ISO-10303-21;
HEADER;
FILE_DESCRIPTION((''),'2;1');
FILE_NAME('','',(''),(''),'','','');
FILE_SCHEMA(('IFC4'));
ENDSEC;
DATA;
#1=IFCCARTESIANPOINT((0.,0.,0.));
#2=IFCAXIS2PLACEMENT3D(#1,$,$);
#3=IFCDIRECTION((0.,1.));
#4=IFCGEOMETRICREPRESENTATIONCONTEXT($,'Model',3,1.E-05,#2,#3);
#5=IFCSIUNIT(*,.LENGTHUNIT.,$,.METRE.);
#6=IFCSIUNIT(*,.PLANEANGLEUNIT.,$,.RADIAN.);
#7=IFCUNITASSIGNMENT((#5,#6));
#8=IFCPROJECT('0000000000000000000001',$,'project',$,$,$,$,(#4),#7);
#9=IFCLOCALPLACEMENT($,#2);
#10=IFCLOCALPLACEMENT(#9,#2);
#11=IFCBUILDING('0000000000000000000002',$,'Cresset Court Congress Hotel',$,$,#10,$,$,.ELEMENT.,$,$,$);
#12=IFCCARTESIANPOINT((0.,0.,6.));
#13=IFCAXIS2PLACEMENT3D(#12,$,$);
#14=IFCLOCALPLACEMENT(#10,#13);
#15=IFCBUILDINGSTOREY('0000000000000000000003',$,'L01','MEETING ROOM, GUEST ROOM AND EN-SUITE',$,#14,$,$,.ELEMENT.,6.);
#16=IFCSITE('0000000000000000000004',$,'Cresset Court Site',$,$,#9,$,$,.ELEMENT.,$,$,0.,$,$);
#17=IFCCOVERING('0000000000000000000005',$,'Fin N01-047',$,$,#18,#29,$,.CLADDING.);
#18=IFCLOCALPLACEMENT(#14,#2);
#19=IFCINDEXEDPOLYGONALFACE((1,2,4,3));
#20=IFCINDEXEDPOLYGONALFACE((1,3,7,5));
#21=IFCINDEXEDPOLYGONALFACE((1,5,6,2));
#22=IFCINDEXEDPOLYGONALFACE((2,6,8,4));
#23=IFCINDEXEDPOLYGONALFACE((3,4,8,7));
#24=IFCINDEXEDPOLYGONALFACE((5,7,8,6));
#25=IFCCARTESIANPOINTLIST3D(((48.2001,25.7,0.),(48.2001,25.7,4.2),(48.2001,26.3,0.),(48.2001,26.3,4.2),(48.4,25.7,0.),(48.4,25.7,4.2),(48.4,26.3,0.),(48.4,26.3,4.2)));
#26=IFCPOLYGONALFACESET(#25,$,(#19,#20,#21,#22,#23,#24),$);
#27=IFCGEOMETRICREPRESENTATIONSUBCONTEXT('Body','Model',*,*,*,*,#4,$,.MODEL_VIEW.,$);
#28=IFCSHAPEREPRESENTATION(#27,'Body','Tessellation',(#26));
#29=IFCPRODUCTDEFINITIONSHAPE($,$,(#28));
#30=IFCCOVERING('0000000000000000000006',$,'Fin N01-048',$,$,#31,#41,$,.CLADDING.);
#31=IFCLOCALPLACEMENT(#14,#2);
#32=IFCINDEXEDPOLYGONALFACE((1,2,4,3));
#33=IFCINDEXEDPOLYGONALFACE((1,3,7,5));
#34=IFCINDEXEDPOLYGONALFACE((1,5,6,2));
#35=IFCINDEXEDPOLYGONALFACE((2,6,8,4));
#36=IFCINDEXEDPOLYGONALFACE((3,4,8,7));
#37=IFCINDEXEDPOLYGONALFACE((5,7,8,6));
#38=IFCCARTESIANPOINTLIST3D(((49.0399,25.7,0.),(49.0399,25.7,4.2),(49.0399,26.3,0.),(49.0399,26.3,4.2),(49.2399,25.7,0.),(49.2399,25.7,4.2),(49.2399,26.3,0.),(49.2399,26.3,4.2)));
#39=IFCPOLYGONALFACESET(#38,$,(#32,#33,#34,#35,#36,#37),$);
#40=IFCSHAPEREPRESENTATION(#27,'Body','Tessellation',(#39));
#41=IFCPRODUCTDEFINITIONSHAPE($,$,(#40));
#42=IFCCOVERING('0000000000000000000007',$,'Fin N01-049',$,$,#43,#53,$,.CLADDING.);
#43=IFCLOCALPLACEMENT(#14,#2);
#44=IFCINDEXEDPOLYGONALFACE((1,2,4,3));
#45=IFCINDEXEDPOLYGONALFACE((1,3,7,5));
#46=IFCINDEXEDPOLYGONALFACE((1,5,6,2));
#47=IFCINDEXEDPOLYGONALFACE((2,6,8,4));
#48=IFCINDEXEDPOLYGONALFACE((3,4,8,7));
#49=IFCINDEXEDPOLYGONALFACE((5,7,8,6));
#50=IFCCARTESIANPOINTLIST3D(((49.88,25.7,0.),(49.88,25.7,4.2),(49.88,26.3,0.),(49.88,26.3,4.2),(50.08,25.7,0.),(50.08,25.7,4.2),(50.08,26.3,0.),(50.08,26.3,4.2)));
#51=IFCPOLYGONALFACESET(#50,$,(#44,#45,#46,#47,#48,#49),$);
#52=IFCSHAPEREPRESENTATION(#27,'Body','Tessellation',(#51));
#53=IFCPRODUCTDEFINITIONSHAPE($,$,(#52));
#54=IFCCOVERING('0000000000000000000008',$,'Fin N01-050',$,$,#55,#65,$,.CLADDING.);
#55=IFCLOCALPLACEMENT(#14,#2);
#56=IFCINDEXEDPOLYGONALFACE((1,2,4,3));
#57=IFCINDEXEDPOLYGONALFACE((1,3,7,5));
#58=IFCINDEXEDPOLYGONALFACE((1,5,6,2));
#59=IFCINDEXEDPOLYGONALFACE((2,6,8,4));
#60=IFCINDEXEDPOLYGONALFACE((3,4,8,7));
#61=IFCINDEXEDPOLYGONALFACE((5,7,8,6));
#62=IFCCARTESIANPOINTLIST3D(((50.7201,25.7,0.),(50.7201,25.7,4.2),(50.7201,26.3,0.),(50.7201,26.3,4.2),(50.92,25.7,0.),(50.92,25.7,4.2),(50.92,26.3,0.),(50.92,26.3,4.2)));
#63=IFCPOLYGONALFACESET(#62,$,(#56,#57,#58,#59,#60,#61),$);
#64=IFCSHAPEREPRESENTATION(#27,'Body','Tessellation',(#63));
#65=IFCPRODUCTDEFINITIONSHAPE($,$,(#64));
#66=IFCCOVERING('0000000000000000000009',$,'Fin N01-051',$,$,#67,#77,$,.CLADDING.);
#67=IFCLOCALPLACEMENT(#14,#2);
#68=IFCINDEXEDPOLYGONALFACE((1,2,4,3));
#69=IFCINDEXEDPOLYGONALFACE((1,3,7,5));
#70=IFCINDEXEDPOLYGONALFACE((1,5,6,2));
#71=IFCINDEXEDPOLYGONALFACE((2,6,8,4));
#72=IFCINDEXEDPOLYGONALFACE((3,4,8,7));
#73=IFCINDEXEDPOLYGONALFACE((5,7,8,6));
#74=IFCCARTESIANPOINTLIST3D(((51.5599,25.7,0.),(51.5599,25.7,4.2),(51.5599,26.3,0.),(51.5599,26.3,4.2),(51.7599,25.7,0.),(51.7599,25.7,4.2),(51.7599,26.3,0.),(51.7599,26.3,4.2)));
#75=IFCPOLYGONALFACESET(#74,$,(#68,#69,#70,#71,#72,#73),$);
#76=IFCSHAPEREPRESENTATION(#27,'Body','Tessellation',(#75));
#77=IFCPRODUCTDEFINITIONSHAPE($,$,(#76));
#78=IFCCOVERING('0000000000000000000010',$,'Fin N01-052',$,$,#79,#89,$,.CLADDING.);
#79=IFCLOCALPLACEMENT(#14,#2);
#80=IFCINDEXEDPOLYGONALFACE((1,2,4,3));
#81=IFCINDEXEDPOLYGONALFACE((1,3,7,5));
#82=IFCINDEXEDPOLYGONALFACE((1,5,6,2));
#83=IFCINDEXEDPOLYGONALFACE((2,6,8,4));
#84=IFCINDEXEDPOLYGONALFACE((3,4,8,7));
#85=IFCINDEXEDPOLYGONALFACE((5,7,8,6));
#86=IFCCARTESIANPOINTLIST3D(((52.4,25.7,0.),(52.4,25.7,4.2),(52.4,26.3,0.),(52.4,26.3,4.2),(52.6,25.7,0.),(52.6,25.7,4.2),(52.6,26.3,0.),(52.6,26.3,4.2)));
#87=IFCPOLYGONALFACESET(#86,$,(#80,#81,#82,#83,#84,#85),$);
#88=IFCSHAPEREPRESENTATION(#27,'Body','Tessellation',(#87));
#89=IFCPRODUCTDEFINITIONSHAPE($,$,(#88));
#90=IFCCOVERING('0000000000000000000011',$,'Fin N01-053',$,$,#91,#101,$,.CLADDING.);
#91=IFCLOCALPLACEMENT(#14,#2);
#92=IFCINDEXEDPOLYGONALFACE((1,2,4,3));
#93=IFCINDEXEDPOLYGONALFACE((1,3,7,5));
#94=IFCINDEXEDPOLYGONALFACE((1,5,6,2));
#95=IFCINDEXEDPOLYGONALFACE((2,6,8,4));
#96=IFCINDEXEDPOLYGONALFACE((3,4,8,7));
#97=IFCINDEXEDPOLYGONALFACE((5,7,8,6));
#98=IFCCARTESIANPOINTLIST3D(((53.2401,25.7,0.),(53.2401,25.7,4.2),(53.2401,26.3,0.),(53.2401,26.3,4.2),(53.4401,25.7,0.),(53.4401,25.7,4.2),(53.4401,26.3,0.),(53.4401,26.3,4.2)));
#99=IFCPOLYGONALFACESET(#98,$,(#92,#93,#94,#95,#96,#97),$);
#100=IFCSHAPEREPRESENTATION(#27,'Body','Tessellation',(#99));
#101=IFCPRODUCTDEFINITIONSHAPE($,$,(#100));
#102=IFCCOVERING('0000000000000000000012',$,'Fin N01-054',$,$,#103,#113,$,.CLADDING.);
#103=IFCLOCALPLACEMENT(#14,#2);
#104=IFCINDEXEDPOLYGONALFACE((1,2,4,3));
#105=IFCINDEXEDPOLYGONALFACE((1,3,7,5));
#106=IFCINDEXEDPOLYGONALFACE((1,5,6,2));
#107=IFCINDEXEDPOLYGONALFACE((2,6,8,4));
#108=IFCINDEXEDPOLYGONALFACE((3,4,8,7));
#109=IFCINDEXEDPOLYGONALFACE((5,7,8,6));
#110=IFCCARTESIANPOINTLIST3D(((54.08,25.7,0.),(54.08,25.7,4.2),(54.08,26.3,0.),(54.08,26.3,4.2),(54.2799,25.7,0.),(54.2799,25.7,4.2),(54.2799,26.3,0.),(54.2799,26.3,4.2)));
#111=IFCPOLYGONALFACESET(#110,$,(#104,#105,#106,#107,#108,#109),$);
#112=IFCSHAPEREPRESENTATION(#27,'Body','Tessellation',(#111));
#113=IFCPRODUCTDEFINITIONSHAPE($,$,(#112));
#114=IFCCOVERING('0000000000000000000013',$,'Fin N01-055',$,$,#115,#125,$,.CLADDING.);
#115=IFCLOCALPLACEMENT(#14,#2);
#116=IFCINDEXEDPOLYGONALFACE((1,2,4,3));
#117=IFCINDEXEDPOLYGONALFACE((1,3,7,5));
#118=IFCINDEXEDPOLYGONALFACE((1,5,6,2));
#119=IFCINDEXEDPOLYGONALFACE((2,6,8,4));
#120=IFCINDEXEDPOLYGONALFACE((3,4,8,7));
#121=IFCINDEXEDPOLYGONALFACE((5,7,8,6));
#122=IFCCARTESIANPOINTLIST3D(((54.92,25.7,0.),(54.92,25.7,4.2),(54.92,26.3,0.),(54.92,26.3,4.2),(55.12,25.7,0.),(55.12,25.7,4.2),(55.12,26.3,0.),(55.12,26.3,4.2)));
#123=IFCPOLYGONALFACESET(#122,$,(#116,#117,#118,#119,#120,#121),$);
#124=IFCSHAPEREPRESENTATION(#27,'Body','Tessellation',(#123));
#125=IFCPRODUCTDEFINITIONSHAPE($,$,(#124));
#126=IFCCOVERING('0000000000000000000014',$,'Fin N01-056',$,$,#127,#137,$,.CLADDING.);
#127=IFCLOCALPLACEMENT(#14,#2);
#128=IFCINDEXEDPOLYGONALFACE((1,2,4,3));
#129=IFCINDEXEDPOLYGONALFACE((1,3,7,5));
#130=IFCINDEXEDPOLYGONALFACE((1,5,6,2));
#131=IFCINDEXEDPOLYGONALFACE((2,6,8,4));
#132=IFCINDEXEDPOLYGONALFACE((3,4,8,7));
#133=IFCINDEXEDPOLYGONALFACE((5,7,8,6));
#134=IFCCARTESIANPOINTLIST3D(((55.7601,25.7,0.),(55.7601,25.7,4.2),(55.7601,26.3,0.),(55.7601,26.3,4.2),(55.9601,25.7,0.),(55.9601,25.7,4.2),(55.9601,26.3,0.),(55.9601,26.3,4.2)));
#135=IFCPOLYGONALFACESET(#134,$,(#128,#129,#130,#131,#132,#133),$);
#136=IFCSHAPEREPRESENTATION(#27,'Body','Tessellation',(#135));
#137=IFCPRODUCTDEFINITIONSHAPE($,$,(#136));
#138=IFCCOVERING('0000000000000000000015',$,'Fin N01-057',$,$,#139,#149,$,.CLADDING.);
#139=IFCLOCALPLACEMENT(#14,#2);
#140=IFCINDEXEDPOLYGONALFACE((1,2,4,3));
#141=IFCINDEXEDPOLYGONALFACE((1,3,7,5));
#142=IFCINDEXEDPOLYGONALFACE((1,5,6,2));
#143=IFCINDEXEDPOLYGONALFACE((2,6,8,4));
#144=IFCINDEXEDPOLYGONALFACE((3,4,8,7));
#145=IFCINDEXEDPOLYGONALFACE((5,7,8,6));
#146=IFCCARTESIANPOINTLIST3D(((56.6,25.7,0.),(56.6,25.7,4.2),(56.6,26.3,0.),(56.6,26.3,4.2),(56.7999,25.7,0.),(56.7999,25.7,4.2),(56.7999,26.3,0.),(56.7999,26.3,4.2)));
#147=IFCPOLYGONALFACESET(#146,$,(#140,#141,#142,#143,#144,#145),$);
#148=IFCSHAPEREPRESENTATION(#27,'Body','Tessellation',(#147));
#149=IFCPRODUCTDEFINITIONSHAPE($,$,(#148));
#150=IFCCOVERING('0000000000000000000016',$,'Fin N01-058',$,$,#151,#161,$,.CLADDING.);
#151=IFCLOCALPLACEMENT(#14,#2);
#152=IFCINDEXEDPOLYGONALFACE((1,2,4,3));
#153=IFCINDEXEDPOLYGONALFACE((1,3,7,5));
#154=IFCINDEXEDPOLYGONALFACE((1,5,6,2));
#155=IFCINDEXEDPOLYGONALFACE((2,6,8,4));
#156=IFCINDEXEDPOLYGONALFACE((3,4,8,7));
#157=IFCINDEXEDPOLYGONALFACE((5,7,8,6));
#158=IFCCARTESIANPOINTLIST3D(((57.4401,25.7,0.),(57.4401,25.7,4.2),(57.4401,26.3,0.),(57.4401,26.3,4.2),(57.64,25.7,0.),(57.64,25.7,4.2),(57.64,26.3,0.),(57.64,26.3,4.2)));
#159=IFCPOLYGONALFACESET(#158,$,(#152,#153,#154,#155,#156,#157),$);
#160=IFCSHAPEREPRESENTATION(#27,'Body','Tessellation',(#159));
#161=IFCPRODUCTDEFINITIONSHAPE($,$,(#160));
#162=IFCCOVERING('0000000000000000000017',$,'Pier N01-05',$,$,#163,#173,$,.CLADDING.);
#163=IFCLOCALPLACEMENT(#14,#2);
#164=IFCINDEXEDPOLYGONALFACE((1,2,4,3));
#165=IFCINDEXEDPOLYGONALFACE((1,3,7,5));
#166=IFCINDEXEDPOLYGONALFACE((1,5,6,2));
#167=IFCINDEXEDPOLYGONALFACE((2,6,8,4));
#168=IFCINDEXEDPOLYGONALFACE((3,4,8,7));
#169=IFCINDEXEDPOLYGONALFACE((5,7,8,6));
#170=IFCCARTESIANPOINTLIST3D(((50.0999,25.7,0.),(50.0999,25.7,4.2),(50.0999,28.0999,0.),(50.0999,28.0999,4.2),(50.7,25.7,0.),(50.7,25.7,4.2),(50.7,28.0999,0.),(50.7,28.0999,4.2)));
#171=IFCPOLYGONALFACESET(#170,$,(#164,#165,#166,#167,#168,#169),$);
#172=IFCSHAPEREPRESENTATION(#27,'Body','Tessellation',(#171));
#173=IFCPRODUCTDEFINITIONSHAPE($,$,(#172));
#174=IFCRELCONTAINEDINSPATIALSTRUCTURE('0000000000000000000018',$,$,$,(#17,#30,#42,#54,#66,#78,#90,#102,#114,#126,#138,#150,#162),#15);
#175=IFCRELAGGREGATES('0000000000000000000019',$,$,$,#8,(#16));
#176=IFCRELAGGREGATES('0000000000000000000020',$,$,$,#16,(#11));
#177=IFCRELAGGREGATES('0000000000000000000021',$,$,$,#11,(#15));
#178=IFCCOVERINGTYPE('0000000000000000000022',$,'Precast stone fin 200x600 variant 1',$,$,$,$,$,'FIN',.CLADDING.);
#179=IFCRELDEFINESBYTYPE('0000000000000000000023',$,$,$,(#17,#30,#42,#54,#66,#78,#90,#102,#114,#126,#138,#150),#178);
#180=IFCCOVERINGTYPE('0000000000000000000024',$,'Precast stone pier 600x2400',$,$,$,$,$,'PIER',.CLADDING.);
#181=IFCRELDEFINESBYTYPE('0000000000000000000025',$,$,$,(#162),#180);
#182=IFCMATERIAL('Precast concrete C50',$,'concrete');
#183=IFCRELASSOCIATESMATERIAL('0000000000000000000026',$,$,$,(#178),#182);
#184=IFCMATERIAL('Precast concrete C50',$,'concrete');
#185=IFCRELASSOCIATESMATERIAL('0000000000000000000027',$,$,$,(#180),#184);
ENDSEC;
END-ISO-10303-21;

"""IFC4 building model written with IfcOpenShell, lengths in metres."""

from ifc_helpers import new_model, si_unit, direction, frame, origin, origin_2d, place, context, subcontext, project, spatial, rectangle, extrude, material, type_object, element, save


model = new_model("IFC4")

# Units and contexts
model_context = context("Model", 3, precision=1e-05, world=origin(), true_north=direction((0.0, 1.0)))
body_context = subcontext(model_context, "Body", "Model", "MODEL_VIEW")
ifc_project = project(units=[si_unit("LENGTHUNIT", "METRE"), si_unit("PLANEANGLEUNIT", "RADIAN")], contexts=[model_context])

# Site, building, storey
site_placement = place(None, origin())
site = spatial("IfcSite", under=ifc_project, at=site_placement, Name="Cresset Court Site", CompositionType="ELEMENT", RefElevation=0.0)
building_placement = place(site_placement, origin())
building = spatial("IfcBuilding", under=site, at=building_placement, Name="Cresset Court Congress Hotel", CompositionType="ELEMENT")
storey_placement = place(building_placement, frame((0.0, 0.0, 6.0)))
storey = spatial("IfcBuildingStorey", under=building, at=storey_placement, Name="L01", Description="MEETING ROOM, GUEST ROOM AND EN-SUITE", CompositionType="ELEMENT", Elevation=6.0)

# Coverings
ifc_material_1 = material(Name="Precast concrete C50", Category="concrete")
covering_type_1 = type_object("IfcCoveringType", Name="Precast stone fin 200x600 variant 1", ElementType="FIN", PredefinedType="CLADDING", material=ifc_material_1)
for number, where, z_axis, x_axis, name in (
    (1, (48.3, 26.0, 0.0), (0.0, 0.0, 1.0), (1.0, 0.0, 0.0), "Fin N01-047"),
    (2, (49.1399, 26.0, 0.0), (0.0, 0.0, 1.0), (1.0, 0.0, 0.0), "Fin N01-048"),
    (3, (49.98, 26.0, 0.0), (0.0, 0.0, 1.0), (1.0, 0.0, 0.0), "Fin N01-049"),
    (4, (50.8201, 26.0, 0.0), (0.0, 0.0, 1.0), (1.0, 0.0, 0.0), "Fin N01-050"),
    (5, (51.6599, 26.0, 0.0), (0.0, 0.0, 1.0), (1.0, 0.0, 0.0), "Fin N01-051"),
    (6, (52.5, 26.0, 0.0), (0.0, 0.0, 1.0), (1.0, 0.0, 0.0), "Fin N01-052"),
    (7, (53.3401, 26.0, 0.0), (0.0, 0.0, 1.0), (1.0, 0.0, 0.0), "Fin N01-053"),
    (8, (54.1799, 26.0, 0.0), (0.0, 0.0, 1.0), (1.0, 0.0, 0.0), "Fin N01-054"),
    (9, (55.02, 26.0, 0.0), (0.0, 0.0, 1.0), (1.0, 0.0, 0.0), "Fin N01-055"),
    (10, (55.8601, 26.0, 0.0), (0.0, 0.0, 1.0), (1.0, 0.0, 0.0), "Fin N01-056"),
    (11, (56.7, 26.0, 0.0), (0.0, 0.0, 1.0), (1.0, 0.0, 0.0), "Fin N01-057"),
    (12, (57.54, 26.0, 0.0), (0.0, 0.0, 1.0), (1.0, 0.0, 0.0), "Fin N01-058"),
):
    element("IfcCovering", number, at=place(storey_placement, frame(where, z_axis=z_axis, x_axis=x_axis)), inside=storey, type_object=covering_type_1, Name=name, PredefinedType="CLADDING", context=body_context, shape_type="SweptSolid", body=[
        extrude(rectangle(XDim=0.2, YDim=0.6001, at=origin_2d()), origin(), (0.0, 0.0, 1.0), 4.2),
    ])
ifc_material_2 = material(Name="Precast concrete C50", Category="concrete")
covering_type_2 = type_object("IfcCoveringType", Name="Precast stone pier 600x2400", ElementType="PIER", PredefinedType="CLADDING", material=ifc_material_2)
covering_placement = place(storey_placement, frame((50.3999, 26.8999, 0.0), z_axis=(0.0, 0.0, 1.0), x_axis=(1.0, 0.0, 0.0)))
element("IfcCovering", 13, at=covering_placement, inside=storey, type_object=covering_type_2, Name="Pier N01-05", PredefinedType="CLADDING", context=body_context, shape_type="SweptSolid", body=[
    extrude(rectangle(XDim=0.6001, YDim=2.3999, at=origin_2d()), origin(), (0.0, 0.0, 1.0), 4.2),
])

save(model, "model.ifc")
